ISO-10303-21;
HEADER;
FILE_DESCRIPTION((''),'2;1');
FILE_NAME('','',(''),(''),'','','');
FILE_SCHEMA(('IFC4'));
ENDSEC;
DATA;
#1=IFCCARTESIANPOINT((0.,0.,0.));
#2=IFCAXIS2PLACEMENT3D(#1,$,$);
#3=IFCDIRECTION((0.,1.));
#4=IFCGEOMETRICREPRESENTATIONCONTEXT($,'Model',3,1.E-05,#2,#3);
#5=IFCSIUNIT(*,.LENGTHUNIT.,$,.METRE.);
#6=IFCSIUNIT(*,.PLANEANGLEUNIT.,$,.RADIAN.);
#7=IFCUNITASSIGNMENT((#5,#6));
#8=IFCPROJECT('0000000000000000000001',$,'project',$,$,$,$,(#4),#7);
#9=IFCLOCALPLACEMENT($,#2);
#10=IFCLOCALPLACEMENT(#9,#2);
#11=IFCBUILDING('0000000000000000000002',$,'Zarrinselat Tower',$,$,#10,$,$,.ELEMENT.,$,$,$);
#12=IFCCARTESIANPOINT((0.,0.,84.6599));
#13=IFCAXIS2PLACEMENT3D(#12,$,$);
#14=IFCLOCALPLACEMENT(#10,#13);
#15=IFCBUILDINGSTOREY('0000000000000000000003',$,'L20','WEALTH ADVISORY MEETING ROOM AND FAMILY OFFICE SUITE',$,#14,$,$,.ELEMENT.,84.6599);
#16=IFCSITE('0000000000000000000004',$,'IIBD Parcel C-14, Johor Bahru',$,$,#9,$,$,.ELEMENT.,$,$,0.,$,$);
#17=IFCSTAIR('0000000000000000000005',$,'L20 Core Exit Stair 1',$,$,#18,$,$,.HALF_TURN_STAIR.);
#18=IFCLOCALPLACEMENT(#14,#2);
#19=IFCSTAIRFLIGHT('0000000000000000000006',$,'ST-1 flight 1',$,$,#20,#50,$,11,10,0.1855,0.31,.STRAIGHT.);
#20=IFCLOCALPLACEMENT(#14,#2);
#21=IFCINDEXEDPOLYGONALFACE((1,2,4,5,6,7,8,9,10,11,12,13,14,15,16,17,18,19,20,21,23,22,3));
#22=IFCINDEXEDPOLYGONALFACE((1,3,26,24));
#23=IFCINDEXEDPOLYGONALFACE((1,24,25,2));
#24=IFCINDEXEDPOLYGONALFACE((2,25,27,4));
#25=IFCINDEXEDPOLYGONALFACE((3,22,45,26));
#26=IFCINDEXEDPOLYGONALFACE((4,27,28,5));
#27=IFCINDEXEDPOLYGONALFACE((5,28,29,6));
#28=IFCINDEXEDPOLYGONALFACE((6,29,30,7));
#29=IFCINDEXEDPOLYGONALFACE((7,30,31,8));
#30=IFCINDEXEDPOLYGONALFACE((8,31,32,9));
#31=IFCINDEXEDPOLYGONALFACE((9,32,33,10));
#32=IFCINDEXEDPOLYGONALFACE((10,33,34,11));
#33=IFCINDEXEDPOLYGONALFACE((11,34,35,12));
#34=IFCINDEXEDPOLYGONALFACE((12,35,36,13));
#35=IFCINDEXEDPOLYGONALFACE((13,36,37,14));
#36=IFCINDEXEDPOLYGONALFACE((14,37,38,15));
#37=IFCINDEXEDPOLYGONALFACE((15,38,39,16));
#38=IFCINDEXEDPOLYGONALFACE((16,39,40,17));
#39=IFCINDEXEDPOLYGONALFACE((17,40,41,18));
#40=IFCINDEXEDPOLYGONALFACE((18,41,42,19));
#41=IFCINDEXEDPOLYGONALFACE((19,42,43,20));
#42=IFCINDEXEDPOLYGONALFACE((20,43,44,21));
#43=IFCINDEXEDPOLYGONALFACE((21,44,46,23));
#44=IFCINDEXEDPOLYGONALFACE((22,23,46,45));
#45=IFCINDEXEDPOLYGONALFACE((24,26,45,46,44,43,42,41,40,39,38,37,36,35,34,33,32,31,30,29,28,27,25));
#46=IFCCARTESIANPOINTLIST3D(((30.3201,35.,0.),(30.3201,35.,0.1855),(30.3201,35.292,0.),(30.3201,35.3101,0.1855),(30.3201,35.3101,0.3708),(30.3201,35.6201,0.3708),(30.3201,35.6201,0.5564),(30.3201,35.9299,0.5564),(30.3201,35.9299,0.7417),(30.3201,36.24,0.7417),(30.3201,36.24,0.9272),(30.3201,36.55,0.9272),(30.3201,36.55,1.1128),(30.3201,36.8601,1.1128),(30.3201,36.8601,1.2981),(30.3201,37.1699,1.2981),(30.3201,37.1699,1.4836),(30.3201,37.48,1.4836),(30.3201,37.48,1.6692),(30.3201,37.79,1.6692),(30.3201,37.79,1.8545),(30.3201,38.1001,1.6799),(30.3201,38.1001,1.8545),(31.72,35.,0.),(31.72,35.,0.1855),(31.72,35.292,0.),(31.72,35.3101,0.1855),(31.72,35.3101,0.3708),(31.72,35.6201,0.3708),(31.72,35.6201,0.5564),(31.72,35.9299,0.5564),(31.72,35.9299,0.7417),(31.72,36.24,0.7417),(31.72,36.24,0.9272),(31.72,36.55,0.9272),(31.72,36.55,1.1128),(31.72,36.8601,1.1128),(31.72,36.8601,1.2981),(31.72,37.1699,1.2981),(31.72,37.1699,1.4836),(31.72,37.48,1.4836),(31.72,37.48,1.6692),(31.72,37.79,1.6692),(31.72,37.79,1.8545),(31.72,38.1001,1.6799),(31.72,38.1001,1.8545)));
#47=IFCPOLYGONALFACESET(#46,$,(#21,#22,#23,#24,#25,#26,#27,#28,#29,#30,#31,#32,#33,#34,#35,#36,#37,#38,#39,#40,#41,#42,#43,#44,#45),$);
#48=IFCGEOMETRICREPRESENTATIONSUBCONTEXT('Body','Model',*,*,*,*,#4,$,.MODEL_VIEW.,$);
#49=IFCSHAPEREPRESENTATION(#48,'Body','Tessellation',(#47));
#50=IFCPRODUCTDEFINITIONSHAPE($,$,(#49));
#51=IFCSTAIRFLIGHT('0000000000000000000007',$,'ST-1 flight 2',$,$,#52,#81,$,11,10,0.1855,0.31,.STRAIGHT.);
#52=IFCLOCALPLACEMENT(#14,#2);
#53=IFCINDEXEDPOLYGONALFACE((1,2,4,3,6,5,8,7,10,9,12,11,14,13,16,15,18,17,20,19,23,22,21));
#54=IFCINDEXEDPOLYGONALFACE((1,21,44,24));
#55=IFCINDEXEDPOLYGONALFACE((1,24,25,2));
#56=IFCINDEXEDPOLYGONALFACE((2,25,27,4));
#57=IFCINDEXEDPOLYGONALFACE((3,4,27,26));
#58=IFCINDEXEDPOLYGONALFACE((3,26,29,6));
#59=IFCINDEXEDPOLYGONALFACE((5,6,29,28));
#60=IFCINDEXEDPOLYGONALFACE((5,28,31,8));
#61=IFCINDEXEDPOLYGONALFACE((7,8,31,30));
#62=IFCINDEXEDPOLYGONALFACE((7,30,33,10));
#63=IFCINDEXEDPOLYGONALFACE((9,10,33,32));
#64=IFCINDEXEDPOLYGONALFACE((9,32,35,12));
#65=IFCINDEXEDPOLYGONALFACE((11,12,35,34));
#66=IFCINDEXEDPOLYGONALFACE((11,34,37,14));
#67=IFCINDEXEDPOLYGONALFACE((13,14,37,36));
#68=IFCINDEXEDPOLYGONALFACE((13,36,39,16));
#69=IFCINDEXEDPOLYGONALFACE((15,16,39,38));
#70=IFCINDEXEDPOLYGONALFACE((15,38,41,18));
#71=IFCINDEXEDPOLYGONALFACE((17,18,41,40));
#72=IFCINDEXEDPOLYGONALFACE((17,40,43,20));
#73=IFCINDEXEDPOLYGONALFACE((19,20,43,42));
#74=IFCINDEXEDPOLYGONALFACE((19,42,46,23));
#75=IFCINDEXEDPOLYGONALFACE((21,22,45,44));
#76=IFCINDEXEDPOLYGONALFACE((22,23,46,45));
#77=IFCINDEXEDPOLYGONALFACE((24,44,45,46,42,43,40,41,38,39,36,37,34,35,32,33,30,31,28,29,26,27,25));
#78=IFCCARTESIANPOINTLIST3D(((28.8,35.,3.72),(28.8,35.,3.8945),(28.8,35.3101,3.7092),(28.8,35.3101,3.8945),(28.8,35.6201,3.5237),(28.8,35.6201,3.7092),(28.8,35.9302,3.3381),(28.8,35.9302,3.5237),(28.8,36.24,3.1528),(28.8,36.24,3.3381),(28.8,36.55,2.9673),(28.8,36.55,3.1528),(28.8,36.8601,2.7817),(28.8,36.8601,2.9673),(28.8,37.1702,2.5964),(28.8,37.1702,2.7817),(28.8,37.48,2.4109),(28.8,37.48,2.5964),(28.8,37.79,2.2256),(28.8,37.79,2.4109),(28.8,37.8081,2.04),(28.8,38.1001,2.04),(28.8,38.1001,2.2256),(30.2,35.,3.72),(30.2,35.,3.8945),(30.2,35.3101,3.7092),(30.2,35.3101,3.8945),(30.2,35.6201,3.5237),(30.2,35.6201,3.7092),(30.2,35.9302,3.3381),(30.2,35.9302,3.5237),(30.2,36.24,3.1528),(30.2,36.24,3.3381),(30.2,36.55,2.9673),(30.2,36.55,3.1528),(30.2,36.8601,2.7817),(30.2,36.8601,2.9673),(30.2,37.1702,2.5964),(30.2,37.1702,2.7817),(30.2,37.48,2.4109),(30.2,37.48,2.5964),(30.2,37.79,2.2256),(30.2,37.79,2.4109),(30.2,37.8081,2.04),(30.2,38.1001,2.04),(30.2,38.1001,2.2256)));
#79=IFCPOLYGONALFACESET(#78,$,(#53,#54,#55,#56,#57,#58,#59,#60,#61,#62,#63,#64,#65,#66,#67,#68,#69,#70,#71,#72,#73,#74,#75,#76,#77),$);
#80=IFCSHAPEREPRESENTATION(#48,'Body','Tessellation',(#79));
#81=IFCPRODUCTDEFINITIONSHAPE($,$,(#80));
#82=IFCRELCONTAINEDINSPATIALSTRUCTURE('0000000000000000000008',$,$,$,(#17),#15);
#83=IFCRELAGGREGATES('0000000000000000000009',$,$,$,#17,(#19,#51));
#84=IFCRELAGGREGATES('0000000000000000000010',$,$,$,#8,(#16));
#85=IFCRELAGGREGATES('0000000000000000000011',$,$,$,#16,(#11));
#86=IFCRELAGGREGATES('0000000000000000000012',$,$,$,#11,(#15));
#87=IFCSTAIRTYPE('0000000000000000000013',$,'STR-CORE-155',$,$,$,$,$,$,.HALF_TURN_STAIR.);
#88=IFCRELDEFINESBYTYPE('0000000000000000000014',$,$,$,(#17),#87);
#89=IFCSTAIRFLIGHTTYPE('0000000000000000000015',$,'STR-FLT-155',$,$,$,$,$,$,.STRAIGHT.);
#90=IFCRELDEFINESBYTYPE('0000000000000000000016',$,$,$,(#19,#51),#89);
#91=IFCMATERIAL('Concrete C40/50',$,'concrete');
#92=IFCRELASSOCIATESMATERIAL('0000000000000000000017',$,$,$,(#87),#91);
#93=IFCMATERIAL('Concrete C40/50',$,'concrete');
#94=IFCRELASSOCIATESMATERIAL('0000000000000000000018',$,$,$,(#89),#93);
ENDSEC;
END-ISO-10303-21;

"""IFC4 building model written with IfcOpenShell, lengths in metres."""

from ifc_helpers import new_model, si_unit, direction, frame, origin, place, context, subcontext, project, spatial, polyline, outline, extrude, material, type_object, element, aggregate, save


model = new_model("IFC4")

# Units and contexts
model_context = context("Model", 3, precision=1e-05, world=origin(), true_north=direction((0.0, 1.0)))
body_context = subcontext(model_context, "Body", "Model", "MODEL_VIEW")
ifc_project = project(units=[si_unit("LENGTHUNIT", "METRE"), si_unit("PLANEANGLEUNIT", "RADIAN")], contexts=[model_context])

# Site, building, storey
site_placement = place(None, origin())
site = spatial("IfcSite", under=ifc_project, at=site_placement, Name="IIBD Parcel C-14, Johor Bahru", CompositionType="ELEMENT", RefElevation=0.0)
building_placement = place(site_placement, origin())
building = spatial("IfcBuilding", under=site, at=building_placement, Name="Zarrinselat Tower", CompositionType="ELEMENT")
storey_placement = place(building_placement, frame((0.0, 0.0, 84.6599)))
storey = spatial("IfcBuildingStorey", under=building, at=storey_placement, Name="L20", Description="WEALTH ADVISORY MEETING ROOM AND FAMILY OFFICE SUITE", CompositionType="ELEMENT", Elevation=84.6599)

# Stair, stair flights
ifc_material_1 = material(Name="Concrete C40/50", Category="concrete")
stair_type = type_object("IfcStairType", Name="STR-CORE-155", PredefinedType="HALF_TURN_STAIR", material=ifc_material_1)
stair_placement = place(storey_placement, origin())
stair = element("IfcStair", 1, at=stair_placement, inside=storey, type_object=stair_type, Name="L20 Core Exit Stair 1", PredefinedType="HALF_TURN_STAIR")
ifc_material_2 = material(Name="Concrete C40/50", Category="concrete")
stair_flight_type = type_object("IfcStairFlightType", Name="STR-FLT-155", PredefinedType="STRAIGHT", material=ifc_material_2)
stair_flight_1_placement = place(storey_placement, frame((31.02, 35.0, 0.0), z_axis=(0.0, 0.0, 1.0), x_axis=(0.0, 1.0, 0.0)))
stair_flight_1 = element("IfcStairFlight", 2, at=stair_flight_1_placement, type_object=stair_flight_type, Name="ST-1 flight 1", NumberOfRisers=11, NumberOfTreads=10, PredefinedType="STRAIGHT", RiserHeight=0.1855, TreadLength=0.31, context=body_context, shape_type="SweptSolid", body=[
    extrude(outline(polyline([(0.0, 0.0), (0.0, 0.1855), (0.3101, 0.1855), (0.3101, 0.3708), (0.6201, 0.3708), (0.6201, 0.5564), (0.9299, 0.5564), (0.9299, 0.7417), (1.24, 0.7417), (1.24, 0.9272), (1.55, 0.9272), (1.55, 1.1128), (1.8601, 1.1128), (1.8601, 1.2981), (2.1699, 1.2981), (2.1699, 1.4836), (2.48, 1.4836), (2.48, 1.6692), (2.79, 1.6692), (2.79, 1.8545), (3.1001, 1.8545), (3.1001, 2.04), (3.1001, 1.6799), (0.292, 0.0), (0.0, 0.0)])), frame((0.0, 0.7, 0.0), z_axis=(0.0, -1.0, 0.0), x_axis=(1.0, 0.0, 0.0)), (0.0, 0.0, 1.0), 1.3999),
])
stair_flight_2_placement = place(storey_placement, frame((29.5, 38.1001, 2.04), z_axis=(0.0, 0.0, 1.0), x_axis=(0.0, -1.0, 0.0)))
stair_flight_2 = element("IfcStairFlight", 3, at=stair_flight_2_placement, type_object=stair_flight_type, Name="ST-1 flight 2", NumberOfRisers=11, NumberOfTreads=10, PredefinedType="STRAIGHT", RiserHeight=0.1855, TreadLength=0.31, context=body_context, shape_type="SweptSolid", body=[
    extrude(outline(polyline([(0.0, 0.0), (0.0, 0.1855), (0.3101, 0.1855), (0.3101, 0.3708), (0.6201, 0.3708), (0.6201, 0.5564), (0.9299, 0.5564), (0.9299, 0.7417), (1.24, 0.7417), (1.24, 0.9272), (1.55, 0.9272), (1.55, 1.1128), (1.8601, 1.1128), (1.8601, 1.2981), (2.1699, 1.2981), (2.1699, 1.4836), (2.48, 1.4836), (2.48, 1.6692), (2.79, 1.6692), (2.79, 1.8545), (3.1001, 1.8545), (3.1001, 2.04), (3.1001, 1.6799), (0.292, 0.0), (0.0, 0.0)])), frame((0.0, 0.7, 0.0), z_axis=(0.0, -1.0, 0.0), x_axis=(1.0, 0.0, 0.0)), (0.0, 0.0, 1.0), 1.3999),
])
aggregate(stair, [stair_flight_1, stair_flight_2])

save(model, "model.ifc")
